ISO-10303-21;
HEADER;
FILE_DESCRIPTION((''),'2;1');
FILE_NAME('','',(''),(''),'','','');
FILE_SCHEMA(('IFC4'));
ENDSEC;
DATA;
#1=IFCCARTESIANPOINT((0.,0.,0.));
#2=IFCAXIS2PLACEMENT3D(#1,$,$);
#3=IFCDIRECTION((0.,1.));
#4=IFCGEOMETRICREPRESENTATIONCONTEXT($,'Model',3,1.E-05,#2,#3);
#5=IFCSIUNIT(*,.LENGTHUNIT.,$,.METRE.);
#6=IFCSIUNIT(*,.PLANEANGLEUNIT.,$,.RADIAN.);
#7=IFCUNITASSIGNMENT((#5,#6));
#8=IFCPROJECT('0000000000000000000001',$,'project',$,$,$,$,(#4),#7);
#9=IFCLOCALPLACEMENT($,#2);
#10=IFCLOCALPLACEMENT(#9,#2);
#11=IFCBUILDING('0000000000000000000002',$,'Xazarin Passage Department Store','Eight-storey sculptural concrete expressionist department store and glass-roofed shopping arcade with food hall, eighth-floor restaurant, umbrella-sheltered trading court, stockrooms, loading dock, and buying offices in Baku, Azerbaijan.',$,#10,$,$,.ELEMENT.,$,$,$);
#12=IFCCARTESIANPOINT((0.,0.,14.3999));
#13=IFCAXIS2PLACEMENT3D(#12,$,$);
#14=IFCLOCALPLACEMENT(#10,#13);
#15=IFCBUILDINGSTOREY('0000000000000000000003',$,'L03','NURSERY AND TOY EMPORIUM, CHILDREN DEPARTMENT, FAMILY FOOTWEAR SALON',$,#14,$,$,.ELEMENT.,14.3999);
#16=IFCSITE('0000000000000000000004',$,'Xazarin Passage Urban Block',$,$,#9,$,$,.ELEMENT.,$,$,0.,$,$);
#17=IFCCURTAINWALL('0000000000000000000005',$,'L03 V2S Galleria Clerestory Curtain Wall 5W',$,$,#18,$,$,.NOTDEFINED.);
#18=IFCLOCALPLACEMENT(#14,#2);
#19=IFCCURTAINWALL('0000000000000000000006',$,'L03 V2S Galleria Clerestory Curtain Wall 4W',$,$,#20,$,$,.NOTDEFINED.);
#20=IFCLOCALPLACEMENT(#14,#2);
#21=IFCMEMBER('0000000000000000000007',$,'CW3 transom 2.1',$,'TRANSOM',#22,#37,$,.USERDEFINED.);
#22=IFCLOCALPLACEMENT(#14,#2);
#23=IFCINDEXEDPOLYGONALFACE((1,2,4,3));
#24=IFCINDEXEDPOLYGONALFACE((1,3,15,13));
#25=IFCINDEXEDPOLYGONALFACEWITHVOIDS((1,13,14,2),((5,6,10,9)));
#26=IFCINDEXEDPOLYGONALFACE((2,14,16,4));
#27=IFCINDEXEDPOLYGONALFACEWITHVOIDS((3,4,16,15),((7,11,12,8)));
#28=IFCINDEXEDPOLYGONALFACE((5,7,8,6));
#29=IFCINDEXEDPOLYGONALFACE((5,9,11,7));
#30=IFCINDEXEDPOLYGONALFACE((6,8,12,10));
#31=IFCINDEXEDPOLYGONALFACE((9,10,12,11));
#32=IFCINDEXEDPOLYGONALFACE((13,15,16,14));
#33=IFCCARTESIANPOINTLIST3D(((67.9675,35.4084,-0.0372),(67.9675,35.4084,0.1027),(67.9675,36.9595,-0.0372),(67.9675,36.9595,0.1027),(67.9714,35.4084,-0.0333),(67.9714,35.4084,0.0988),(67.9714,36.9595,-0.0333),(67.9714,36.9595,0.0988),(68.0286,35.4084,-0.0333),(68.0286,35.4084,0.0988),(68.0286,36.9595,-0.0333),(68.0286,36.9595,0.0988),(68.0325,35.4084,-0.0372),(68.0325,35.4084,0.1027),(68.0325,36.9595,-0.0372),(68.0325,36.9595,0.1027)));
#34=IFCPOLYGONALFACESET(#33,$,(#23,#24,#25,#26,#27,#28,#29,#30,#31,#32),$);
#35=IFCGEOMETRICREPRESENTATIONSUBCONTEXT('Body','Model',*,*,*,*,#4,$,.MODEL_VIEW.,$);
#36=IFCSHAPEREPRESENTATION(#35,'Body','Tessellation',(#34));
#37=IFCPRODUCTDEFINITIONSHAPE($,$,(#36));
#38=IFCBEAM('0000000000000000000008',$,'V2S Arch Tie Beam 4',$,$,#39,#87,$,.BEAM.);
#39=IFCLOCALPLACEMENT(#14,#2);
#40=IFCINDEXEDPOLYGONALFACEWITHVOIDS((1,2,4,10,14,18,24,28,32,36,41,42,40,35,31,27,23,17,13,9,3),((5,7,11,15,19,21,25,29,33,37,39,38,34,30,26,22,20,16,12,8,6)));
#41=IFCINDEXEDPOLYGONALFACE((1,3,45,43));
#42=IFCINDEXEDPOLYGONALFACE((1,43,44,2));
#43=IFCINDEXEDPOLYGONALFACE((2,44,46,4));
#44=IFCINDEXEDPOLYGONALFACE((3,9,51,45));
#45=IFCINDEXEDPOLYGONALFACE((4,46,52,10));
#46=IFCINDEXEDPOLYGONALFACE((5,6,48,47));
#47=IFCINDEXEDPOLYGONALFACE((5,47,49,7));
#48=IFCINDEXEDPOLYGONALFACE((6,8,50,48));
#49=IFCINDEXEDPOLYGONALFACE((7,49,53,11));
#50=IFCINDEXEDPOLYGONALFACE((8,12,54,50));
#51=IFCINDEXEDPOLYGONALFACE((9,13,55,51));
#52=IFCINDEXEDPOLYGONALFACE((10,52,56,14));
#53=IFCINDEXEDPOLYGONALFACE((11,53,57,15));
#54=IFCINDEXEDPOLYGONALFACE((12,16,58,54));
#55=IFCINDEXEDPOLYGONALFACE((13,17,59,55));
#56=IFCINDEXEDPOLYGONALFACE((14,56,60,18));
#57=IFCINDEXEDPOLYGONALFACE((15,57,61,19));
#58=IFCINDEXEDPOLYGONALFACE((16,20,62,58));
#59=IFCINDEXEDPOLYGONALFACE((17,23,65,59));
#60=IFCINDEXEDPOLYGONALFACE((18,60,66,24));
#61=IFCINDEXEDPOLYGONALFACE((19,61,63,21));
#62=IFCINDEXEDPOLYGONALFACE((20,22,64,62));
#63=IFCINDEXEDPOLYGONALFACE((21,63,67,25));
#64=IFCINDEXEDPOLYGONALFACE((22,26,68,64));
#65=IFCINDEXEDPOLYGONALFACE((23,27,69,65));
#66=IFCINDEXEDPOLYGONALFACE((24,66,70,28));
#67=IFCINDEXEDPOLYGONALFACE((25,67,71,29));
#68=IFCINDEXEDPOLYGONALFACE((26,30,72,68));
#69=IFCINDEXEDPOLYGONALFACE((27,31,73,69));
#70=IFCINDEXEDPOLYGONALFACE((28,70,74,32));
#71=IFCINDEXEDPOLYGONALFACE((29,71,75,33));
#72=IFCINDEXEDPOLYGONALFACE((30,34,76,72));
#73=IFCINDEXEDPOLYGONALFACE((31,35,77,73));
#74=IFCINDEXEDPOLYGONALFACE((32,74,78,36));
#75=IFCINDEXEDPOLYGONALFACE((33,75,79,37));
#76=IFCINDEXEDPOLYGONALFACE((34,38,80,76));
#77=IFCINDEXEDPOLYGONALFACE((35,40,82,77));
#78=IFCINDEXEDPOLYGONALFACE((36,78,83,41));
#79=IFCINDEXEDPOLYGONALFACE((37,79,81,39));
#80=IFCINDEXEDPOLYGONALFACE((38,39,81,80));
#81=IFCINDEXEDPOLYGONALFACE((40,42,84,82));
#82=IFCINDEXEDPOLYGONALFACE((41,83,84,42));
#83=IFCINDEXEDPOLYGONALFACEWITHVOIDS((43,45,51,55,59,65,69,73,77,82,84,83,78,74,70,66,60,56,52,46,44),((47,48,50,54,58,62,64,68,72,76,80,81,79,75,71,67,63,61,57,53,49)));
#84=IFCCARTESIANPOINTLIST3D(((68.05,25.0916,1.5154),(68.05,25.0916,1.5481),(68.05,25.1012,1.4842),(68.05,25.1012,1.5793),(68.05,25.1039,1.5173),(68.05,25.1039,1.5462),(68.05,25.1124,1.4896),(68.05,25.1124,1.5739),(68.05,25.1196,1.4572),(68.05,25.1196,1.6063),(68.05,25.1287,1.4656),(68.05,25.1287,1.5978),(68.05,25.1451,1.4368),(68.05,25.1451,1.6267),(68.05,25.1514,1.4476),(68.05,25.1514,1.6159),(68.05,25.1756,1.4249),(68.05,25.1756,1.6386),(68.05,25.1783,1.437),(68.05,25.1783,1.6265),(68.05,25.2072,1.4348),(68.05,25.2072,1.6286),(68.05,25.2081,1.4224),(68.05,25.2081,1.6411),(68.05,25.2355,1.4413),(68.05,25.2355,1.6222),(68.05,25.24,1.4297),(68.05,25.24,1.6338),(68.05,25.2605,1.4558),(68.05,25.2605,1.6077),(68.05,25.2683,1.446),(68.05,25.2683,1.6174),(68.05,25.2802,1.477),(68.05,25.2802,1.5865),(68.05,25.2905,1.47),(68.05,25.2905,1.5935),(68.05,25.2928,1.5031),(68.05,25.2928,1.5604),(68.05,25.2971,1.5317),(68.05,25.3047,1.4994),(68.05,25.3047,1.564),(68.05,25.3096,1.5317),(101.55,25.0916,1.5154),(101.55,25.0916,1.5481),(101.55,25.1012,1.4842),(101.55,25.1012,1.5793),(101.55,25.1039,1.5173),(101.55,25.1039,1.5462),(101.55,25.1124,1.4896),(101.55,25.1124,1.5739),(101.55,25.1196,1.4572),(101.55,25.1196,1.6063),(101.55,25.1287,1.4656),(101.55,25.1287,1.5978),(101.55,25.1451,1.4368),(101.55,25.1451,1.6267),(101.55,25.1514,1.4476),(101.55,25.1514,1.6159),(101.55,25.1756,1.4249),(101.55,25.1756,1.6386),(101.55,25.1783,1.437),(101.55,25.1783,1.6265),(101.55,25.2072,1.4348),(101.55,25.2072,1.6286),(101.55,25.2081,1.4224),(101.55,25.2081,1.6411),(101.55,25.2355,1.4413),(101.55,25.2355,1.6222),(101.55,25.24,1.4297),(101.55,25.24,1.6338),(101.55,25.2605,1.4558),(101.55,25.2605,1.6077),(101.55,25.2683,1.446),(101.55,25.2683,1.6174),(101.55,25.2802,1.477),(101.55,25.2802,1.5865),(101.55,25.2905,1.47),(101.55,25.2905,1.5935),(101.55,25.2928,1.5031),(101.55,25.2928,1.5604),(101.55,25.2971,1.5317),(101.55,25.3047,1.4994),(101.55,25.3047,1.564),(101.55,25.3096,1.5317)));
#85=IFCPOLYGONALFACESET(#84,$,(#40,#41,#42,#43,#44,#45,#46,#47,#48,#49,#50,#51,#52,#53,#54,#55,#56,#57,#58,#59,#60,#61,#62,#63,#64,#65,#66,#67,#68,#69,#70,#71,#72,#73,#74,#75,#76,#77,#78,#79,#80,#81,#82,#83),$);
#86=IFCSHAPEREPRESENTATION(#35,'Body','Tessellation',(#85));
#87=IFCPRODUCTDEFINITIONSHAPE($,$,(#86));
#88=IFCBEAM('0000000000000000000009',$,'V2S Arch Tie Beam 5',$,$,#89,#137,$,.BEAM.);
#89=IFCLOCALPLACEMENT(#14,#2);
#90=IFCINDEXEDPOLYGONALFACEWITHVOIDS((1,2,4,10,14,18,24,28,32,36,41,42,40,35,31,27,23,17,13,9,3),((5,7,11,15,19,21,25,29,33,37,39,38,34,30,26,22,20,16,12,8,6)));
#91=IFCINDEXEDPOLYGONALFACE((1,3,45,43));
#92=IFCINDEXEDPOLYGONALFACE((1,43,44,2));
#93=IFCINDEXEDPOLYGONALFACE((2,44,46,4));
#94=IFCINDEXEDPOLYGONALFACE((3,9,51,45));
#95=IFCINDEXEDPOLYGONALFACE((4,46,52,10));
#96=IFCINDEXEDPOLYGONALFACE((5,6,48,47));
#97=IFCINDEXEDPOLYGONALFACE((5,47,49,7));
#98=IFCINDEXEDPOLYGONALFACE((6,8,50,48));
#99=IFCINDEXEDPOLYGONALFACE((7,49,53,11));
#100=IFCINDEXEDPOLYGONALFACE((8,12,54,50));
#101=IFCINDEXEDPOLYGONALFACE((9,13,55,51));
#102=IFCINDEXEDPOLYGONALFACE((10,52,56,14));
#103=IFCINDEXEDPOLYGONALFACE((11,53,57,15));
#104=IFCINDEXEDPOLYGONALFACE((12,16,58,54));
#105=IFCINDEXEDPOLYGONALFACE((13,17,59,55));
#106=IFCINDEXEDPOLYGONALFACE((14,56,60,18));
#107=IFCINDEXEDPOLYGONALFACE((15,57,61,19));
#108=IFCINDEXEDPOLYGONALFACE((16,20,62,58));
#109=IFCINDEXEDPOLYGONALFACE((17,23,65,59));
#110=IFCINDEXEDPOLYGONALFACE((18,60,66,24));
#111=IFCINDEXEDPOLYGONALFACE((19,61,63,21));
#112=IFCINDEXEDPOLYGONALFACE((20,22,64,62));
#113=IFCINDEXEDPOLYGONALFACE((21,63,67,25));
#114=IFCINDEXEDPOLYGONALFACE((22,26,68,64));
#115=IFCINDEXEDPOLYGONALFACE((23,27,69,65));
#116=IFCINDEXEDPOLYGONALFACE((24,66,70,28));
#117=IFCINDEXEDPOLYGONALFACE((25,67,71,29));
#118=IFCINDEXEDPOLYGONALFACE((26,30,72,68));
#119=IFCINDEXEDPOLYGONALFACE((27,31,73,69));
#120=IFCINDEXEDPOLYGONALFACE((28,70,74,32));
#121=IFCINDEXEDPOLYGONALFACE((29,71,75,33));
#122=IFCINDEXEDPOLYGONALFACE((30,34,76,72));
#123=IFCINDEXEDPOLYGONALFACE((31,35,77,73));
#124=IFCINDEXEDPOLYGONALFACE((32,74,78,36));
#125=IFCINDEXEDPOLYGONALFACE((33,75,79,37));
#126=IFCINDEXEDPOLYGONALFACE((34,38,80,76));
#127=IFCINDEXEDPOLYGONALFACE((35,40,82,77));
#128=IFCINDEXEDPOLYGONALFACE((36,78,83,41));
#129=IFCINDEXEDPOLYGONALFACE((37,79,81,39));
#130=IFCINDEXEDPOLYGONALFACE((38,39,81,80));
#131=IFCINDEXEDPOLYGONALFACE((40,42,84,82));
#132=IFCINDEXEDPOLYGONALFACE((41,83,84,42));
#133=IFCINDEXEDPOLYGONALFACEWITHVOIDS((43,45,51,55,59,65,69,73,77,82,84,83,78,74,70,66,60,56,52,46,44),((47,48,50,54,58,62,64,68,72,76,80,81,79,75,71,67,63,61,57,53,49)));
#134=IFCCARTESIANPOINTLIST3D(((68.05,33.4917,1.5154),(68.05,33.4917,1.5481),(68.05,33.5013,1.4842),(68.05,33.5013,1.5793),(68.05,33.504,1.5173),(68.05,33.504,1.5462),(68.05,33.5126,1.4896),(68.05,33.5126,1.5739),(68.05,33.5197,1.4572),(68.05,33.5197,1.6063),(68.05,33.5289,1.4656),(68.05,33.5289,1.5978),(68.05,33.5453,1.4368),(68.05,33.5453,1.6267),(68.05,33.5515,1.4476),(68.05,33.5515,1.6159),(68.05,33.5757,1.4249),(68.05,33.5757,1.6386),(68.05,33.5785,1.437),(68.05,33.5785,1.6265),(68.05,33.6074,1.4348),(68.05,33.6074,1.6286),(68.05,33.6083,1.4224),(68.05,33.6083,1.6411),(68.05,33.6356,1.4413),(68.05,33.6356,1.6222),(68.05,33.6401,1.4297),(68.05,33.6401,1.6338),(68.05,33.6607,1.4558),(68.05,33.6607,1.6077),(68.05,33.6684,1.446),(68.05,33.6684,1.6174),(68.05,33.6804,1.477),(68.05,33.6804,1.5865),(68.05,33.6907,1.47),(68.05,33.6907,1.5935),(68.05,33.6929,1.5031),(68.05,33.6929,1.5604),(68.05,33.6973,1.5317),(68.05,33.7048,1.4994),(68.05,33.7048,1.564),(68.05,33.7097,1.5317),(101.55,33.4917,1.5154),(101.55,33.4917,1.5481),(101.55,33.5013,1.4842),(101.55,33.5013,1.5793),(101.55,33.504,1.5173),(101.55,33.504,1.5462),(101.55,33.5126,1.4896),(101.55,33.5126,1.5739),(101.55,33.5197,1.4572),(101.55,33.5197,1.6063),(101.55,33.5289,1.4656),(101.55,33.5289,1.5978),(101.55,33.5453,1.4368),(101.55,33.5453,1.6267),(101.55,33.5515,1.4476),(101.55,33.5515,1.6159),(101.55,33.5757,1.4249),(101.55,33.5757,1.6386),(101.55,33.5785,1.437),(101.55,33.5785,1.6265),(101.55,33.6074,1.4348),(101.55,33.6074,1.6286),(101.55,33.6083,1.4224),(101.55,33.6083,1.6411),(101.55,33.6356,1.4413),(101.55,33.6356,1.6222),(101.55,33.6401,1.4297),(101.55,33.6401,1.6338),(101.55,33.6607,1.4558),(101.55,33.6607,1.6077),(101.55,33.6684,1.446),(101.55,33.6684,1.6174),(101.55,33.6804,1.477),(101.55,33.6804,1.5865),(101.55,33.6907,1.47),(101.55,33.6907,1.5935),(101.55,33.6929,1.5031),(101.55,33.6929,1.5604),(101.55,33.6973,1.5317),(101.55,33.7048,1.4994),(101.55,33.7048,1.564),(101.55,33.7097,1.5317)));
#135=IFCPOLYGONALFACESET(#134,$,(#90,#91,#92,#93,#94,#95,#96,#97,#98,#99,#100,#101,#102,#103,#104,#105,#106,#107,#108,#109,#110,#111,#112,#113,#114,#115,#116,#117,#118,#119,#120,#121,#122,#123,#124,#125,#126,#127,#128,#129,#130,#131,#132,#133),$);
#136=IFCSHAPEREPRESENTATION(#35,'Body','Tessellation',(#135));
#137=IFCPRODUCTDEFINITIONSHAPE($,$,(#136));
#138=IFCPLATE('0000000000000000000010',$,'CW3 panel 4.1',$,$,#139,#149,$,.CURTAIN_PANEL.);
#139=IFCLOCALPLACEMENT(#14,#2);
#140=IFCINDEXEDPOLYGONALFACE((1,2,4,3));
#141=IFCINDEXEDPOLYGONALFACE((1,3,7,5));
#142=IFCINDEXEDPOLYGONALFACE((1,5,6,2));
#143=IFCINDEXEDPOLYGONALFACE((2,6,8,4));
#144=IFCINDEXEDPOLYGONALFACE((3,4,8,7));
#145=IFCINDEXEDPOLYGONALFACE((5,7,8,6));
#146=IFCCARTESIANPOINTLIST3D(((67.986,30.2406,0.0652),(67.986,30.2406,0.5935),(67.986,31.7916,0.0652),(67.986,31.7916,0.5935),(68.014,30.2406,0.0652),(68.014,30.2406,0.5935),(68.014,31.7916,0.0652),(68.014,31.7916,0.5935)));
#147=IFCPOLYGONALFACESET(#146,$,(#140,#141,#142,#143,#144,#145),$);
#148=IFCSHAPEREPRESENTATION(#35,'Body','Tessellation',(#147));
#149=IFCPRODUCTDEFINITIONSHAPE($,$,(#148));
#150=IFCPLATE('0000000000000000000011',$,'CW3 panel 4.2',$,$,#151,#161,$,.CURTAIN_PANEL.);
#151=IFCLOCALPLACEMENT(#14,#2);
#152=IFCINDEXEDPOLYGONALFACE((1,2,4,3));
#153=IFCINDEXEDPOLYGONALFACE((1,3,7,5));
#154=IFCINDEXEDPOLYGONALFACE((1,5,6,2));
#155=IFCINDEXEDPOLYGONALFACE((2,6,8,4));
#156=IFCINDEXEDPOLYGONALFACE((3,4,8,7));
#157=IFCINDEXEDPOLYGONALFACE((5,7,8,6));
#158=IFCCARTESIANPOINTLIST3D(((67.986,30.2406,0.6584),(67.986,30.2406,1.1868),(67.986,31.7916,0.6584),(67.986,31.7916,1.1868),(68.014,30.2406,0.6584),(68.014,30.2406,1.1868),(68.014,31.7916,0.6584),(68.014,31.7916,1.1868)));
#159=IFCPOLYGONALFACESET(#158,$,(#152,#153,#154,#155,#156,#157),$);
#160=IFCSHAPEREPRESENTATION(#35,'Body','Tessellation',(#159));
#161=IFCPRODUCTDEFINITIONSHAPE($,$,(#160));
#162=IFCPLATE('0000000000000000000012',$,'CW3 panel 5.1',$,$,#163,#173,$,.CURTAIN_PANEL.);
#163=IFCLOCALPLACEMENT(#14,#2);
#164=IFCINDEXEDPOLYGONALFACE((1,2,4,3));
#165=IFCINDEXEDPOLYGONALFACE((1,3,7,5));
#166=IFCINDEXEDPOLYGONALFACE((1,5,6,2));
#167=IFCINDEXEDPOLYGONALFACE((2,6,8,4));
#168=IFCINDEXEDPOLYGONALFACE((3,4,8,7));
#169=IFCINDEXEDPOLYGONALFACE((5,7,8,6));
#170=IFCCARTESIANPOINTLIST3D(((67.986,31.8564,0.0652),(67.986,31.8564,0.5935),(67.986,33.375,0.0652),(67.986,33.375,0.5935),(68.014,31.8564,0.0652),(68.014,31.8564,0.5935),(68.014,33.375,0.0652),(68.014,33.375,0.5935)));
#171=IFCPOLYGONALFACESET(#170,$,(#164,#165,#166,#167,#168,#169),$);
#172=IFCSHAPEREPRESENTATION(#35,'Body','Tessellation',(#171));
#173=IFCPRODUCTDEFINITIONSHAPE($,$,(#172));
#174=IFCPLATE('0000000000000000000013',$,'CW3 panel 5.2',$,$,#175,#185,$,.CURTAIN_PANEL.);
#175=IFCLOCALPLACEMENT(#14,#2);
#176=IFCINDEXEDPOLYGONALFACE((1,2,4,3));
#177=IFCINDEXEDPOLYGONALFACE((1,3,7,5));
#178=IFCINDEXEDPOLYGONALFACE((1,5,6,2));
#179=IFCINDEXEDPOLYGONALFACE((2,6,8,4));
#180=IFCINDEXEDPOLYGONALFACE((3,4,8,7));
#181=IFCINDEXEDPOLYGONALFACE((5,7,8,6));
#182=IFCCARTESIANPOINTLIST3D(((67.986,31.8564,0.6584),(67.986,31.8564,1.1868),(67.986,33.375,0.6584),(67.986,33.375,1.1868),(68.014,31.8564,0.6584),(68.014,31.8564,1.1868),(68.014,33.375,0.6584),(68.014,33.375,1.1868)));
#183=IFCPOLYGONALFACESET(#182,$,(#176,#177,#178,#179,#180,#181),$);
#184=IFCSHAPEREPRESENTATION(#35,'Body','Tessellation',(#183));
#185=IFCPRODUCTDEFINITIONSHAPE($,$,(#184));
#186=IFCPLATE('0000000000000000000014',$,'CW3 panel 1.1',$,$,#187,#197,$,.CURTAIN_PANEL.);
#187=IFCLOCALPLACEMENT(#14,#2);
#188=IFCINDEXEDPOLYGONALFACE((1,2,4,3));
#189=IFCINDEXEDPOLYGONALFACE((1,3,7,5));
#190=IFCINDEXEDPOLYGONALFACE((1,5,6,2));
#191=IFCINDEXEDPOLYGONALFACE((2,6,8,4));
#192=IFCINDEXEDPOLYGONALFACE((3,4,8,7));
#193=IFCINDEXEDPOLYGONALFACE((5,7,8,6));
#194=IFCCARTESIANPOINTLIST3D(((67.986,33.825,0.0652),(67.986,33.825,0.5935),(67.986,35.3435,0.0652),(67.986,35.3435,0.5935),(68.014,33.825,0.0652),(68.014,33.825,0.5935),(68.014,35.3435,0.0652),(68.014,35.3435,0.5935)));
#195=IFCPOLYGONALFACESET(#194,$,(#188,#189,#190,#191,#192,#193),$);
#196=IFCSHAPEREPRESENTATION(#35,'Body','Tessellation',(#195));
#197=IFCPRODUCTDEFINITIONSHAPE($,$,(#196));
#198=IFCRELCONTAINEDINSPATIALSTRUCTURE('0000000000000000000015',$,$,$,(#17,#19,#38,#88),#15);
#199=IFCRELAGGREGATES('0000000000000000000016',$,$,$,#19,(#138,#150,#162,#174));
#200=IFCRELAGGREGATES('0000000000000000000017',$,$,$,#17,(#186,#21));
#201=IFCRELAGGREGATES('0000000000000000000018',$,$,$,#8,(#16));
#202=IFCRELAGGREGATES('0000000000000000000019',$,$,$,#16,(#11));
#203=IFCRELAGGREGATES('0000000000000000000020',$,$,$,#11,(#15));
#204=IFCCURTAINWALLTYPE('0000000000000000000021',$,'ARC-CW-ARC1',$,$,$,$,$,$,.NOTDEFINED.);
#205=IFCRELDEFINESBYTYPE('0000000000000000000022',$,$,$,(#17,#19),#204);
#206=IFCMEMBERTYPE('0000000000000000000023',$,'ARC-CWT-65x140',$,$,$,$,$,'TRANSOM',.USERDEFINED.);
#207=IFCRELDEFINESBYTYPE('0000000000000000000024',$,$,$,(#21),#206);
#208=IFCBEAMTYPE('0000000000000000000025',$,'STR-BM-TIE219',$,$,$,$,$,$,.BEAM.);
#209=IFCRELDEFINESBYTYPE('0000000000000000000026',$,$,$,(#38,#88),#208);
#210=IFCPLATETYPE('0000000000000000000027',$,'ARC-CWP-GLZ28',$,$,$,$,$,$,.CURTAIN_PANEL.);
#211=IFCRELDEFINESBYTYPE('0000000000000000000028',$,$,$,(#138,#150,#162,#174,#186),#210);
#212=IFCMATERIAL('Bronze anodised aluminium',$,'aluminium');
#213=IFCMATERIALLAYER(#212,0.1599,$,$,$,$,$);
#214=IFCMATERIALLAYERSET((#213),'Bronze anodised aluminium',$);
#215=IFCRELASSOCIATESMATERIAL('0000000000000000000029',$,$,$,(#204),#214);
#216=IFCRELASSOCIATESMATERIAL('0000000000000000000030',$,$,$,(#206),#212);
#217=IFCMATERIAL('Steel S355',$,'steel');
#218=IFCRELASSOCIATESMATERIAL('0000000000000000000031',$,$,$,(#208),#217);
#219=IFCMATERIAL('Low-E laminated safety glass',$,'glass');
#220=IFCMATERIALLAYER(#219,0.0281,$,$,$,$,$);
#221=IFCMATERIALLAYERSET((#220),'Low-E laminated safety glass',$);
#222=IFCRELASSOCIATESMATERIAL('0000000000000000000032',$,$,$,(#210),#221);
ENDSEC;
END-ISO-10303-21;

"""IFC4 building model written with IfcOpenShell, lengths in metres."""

from ifc_helpers import new_model, si_unit, direction, frame, origin, origin_2d, place, context, subcontext, project, spatial, rectangle, hollow_rectangle, hollow_circle, extrude, material, layer, layer_set, material_profile, profile_set, type_object, element, aggregate, save


model = new_model("IFC4")

# Units and contexts
model_context = context("Model", 3, precision=1e-05, world=origin(), true_north=direction((0.0, 1.0)))
body_context = subcontext(model_context, "Body", "Model", "MODEL_VIEW")
ifc_project = project(units=[si_unit("LENGTHUNIT", "METRE"), si_unit("PLANEANGLEUNIT", "RADIAN")], contexts=[model_context])

# Site, building, storey
site_placement = place(None, origin())
site = spatial("IfcSite", under=ifc_project, at=site_placement, Name="Xazarin Passage Urban Block", CompositionType="ELEMENT", RefElevation=0.0)
building_placement = place(site_placement, origin())
building = spatial("IfcBuilding", under=site, at=building_placement, Name="Xazarin Passage Department Store", Description="Eight-storey sculptural concrete expressionist department store and glass-roofed shopping arcade with food hall, eighth-floor restaurant, umbrella-sheltered trading court, stockrooms, loading dock, and buying offices in Baku, Azerbaijan.", CompositionType="ELEMENT")
storey_placement = place(building_placement, frame((0.0, 0.0, 14.3999)))
storey = spatial("IfcBuildingStorey", under=building, at=storey_placement, Name="L03", Description="NURSERY AND TOY EMPORIUM, CHILDREN DEPARTMENT, FAMILY FOOTWEAR SALON", CompositionType="ELEMENT", Elevation=14.3999)

# Curtain walls
ifc_material_1 = material(Name="Bronze anodised aluminium", Category="aluminium")
ifc_layer_1 = layer(ifc_material_1, 0.1599)
ifc_layer_set_1 = layer_set([ifc_layer_1], Name="Bronze anodised aluminium")
curtain_wall_type = type_object("IfcCurtainWallType", Name="ARC-CW-ARC1", PredefinedType="NOTDEFINED", material=ifc_layer_set_1)
curtain_wall_1_placement = place(storey_placement, origin())
curtain_wall_1 = element("IfcCurtainWall", 1, at=curtain_wall_1_placement, inside=storey, type_object=curtain_wall_type, Name="L03 V2S Galleria Clerestory Curtain Wall 5W", PredefinedType="NOTDEFINED")
curtain_wall_2_placement = place(storey_placement, origin())
curtain_wall_2 = element("IfcCurtainWall", 2, at=curtain_wall_2_placement, inside=storey, type_object=curtain_wall_type, Name="L03 V2S Galleria Clerestory Curtain Wall 4W", PredefinedType="NOTDEFINED")
ifc_material_profile_1 = material_profile(ifc_material_1, hollow_rectangle(XDim=0.0649, YDim=0.1399, WallThickness=0.0039, at=origin_2d()), Name="ALU 65x140")
ifc_profile_set_1 = profile_set([ifc_material_profile_1], Name="Bronze anodised aluminium")
member_type_1 = type_object("IfcMemberType", Name="ARC-CWT-65x140", ElementType="TRANSOM", PredefinedType="USERDEFINED", material=ifc_profile_set_1)

# Member
member_1_placement = place(storey_placement, frame((68.0, 35.4084, 0.0327), z_axis=(0.0, 1.0, 0.0), x_axis=(-1.0, 0.0, 0.0)))
member_1 = element("IfcMember", 3, at=member_1_placement, type_object=member_type_1, Name="CW3 transom 2.1", ObjectType="TRANSOM", PredefinedType="USERDEFINED", context=body_context, shape_type="SweptSolid", body=[
    extrude(hollow_rectangle(XDim=0.0649, YDim=0.1399, WallThickness=0.0039, at=origin_2d()), origin(), (0.0, 0.0, 1.0), 1.551),
])

# Beams
ifc_material_2 = material(Name="Steel S355", Category="steel")
ifc_material_profile_2 = material_profile(ifc_material_2, hollow_circle(Radius=0.1096, WallThickness=0.0125, at=origin_2d()), Name="CHS 219.1x12.5")
ifc_profile_set_2 = profile_set([ifc_material_profile_2], Name="Steel S355")
beam_type = type_object("IfcBeamType", Name="STR-BM-TIE219", PredefinedType="BEAM", material=ifc_profile_set_2)
for number, where, z_axis, x_axis, name in (
    (4, (68.05, 25.2, 1.5317), (1.0, 0.0, 0.0), (0.0, 1.0, 0.0), "V2S Arch Tie Beam 4"),
    (5, (68.05, 33.6001, 1.5317), (1.0, 0.0, 0.0), (0.0, 1.0, 0.0), "V2S Arch Tie Beam 5"),
):
    element("IfcBeam", number, at=place(storey_placement, frame(where, z_axis=z_axis, x_axis=x_axis)), inside=storey, type_object=beam_type, Name=name, PredefinedType="BEAM", context=body_context, shape_type="SweptSolid", body=[
        extrude(hollow_circle(Radius=0.1096, WallThickness=0.0125, at=origin_2d()), origin(), (0.0, 0.0, 1.0), 33.5),
    ])

# Plates
ifc_material_3 = material(Name="Low-E laminated safety glass", Category="glass")
ifc_layer_2 = layer(ifc_material_3, 0.0281)
ifc_layer_set_2 = layer_set([ifc_layer_2], Name="Low-E laminated safety glass")
plate_type = type_object("IfcPlateType", Name="ARC-CWP-GLZ28", PredefinedType="CURTAIN_PANEL", material=ifc_layer_set_2)
plate_1_placement = place(storey_placement, frame((68.0, 31.0161, 0.0652), z_axis=(0.0, 0.0, 1.0), x_axis=(0.0, 1.0, 0.0)))
plate_1 = element("IfcPlate", 6, at=plate_1_placement, type_object=plate_type, Name="CW3 panel 4.1", PredefinedType="CURTAIN_PANEL", context=body_context, shape_type="SweptSolid", body=[
    extrude(rectangle(XDim=1.551, YDim=0.0281, at=origin_2d()), origin(), (0.0, 0.0, 1.0), 0.5283),
])
plate_2_placement = place(storey_placement, frame((68.0, 31.0161, 0.6584), z_axis=(0.0, 0.0, 1.0), x_axis=(0.0, 1.0, 0.0)))
plate_2 = element("IfcPlate", 7, at=plate_2_placement, type_object=plate_type, Name="CW3 panel 4.2", PredefinedType="CURTAIN_PANEL", context=body_context, shape_type="SweptSolid", body=[
    extrude(rectangle(XDim=1.551, YDim=0.0281, at=origin_2d()), origin(), (0.0, 0.0, 1.0), 0.5283),
])
plate_3_placement = place(storey_placement, frame((68.0, 32.6157, 0.0652), z_axis=(0.0, 0.0, 1.0), x_axis=(0.0, 1.0, 0.0)))
plate_3 = element("IfcPlate", 8, at=plate_3_placement, type_object=plate_type, Name="CW3 panel 5.1", PredefinedType="CURTAIN_PANEL", context=body_context, shape_type="SweptSolid", body=[
    extrude(rectangle(XDim=1.5186, YDim=0.0281, at=origin_2d()), origin(), (0.0, 0.0, 1.0), 0.5283),
])
plate_4_placement = place(storey_placement, frame((68.0, 32.6157, 0.6584), z_axis=(0.0, 0.0, 1.0), x_axis=(0.0, 1.0, 0.0)))
plate_4 = element("IfcPlate", 9, at=plate_4_placement, type_object=plate_type, Name="CW3 panel 5.2", PredefinedType="CURTAIN_PANEL", context=body_context, shape_type="SweptSolid", body=[
    extrude(rectangle(XDim=1.5186, YDim=0.0281, at=origin_2d()), origin(), (0.0, 0.0, 1.0), 0.5283),
])
aggregate(curtain_wall_2, [plate_1, plate_2, plate_3, plate_4])
plate_5_placement = place(storey_placement, frame((68.0, 34.5842, 0.0652), z_axis=(0.0, 0.0, 1.0), x_axis=(0.0, 1.0, 0.0)))
plate_5 = element("IfcPlate", 10, at=plate_5_placement, type_object=plate_type, Name="CW3 panel 1.1", PredefinedType="CURTAIN_PANEL", context=body_context, shape_type="SweptSolid", body=[
    extrude(rectangle(XDim=1.5186, YDim=0.0281, at=origin_2d()), origin(), (0.0, 0.0, 1.0), 0.5283),
])
aggregate(curtain_wall_1, [plate_5, member_1])

save(model, "model.ifc")
